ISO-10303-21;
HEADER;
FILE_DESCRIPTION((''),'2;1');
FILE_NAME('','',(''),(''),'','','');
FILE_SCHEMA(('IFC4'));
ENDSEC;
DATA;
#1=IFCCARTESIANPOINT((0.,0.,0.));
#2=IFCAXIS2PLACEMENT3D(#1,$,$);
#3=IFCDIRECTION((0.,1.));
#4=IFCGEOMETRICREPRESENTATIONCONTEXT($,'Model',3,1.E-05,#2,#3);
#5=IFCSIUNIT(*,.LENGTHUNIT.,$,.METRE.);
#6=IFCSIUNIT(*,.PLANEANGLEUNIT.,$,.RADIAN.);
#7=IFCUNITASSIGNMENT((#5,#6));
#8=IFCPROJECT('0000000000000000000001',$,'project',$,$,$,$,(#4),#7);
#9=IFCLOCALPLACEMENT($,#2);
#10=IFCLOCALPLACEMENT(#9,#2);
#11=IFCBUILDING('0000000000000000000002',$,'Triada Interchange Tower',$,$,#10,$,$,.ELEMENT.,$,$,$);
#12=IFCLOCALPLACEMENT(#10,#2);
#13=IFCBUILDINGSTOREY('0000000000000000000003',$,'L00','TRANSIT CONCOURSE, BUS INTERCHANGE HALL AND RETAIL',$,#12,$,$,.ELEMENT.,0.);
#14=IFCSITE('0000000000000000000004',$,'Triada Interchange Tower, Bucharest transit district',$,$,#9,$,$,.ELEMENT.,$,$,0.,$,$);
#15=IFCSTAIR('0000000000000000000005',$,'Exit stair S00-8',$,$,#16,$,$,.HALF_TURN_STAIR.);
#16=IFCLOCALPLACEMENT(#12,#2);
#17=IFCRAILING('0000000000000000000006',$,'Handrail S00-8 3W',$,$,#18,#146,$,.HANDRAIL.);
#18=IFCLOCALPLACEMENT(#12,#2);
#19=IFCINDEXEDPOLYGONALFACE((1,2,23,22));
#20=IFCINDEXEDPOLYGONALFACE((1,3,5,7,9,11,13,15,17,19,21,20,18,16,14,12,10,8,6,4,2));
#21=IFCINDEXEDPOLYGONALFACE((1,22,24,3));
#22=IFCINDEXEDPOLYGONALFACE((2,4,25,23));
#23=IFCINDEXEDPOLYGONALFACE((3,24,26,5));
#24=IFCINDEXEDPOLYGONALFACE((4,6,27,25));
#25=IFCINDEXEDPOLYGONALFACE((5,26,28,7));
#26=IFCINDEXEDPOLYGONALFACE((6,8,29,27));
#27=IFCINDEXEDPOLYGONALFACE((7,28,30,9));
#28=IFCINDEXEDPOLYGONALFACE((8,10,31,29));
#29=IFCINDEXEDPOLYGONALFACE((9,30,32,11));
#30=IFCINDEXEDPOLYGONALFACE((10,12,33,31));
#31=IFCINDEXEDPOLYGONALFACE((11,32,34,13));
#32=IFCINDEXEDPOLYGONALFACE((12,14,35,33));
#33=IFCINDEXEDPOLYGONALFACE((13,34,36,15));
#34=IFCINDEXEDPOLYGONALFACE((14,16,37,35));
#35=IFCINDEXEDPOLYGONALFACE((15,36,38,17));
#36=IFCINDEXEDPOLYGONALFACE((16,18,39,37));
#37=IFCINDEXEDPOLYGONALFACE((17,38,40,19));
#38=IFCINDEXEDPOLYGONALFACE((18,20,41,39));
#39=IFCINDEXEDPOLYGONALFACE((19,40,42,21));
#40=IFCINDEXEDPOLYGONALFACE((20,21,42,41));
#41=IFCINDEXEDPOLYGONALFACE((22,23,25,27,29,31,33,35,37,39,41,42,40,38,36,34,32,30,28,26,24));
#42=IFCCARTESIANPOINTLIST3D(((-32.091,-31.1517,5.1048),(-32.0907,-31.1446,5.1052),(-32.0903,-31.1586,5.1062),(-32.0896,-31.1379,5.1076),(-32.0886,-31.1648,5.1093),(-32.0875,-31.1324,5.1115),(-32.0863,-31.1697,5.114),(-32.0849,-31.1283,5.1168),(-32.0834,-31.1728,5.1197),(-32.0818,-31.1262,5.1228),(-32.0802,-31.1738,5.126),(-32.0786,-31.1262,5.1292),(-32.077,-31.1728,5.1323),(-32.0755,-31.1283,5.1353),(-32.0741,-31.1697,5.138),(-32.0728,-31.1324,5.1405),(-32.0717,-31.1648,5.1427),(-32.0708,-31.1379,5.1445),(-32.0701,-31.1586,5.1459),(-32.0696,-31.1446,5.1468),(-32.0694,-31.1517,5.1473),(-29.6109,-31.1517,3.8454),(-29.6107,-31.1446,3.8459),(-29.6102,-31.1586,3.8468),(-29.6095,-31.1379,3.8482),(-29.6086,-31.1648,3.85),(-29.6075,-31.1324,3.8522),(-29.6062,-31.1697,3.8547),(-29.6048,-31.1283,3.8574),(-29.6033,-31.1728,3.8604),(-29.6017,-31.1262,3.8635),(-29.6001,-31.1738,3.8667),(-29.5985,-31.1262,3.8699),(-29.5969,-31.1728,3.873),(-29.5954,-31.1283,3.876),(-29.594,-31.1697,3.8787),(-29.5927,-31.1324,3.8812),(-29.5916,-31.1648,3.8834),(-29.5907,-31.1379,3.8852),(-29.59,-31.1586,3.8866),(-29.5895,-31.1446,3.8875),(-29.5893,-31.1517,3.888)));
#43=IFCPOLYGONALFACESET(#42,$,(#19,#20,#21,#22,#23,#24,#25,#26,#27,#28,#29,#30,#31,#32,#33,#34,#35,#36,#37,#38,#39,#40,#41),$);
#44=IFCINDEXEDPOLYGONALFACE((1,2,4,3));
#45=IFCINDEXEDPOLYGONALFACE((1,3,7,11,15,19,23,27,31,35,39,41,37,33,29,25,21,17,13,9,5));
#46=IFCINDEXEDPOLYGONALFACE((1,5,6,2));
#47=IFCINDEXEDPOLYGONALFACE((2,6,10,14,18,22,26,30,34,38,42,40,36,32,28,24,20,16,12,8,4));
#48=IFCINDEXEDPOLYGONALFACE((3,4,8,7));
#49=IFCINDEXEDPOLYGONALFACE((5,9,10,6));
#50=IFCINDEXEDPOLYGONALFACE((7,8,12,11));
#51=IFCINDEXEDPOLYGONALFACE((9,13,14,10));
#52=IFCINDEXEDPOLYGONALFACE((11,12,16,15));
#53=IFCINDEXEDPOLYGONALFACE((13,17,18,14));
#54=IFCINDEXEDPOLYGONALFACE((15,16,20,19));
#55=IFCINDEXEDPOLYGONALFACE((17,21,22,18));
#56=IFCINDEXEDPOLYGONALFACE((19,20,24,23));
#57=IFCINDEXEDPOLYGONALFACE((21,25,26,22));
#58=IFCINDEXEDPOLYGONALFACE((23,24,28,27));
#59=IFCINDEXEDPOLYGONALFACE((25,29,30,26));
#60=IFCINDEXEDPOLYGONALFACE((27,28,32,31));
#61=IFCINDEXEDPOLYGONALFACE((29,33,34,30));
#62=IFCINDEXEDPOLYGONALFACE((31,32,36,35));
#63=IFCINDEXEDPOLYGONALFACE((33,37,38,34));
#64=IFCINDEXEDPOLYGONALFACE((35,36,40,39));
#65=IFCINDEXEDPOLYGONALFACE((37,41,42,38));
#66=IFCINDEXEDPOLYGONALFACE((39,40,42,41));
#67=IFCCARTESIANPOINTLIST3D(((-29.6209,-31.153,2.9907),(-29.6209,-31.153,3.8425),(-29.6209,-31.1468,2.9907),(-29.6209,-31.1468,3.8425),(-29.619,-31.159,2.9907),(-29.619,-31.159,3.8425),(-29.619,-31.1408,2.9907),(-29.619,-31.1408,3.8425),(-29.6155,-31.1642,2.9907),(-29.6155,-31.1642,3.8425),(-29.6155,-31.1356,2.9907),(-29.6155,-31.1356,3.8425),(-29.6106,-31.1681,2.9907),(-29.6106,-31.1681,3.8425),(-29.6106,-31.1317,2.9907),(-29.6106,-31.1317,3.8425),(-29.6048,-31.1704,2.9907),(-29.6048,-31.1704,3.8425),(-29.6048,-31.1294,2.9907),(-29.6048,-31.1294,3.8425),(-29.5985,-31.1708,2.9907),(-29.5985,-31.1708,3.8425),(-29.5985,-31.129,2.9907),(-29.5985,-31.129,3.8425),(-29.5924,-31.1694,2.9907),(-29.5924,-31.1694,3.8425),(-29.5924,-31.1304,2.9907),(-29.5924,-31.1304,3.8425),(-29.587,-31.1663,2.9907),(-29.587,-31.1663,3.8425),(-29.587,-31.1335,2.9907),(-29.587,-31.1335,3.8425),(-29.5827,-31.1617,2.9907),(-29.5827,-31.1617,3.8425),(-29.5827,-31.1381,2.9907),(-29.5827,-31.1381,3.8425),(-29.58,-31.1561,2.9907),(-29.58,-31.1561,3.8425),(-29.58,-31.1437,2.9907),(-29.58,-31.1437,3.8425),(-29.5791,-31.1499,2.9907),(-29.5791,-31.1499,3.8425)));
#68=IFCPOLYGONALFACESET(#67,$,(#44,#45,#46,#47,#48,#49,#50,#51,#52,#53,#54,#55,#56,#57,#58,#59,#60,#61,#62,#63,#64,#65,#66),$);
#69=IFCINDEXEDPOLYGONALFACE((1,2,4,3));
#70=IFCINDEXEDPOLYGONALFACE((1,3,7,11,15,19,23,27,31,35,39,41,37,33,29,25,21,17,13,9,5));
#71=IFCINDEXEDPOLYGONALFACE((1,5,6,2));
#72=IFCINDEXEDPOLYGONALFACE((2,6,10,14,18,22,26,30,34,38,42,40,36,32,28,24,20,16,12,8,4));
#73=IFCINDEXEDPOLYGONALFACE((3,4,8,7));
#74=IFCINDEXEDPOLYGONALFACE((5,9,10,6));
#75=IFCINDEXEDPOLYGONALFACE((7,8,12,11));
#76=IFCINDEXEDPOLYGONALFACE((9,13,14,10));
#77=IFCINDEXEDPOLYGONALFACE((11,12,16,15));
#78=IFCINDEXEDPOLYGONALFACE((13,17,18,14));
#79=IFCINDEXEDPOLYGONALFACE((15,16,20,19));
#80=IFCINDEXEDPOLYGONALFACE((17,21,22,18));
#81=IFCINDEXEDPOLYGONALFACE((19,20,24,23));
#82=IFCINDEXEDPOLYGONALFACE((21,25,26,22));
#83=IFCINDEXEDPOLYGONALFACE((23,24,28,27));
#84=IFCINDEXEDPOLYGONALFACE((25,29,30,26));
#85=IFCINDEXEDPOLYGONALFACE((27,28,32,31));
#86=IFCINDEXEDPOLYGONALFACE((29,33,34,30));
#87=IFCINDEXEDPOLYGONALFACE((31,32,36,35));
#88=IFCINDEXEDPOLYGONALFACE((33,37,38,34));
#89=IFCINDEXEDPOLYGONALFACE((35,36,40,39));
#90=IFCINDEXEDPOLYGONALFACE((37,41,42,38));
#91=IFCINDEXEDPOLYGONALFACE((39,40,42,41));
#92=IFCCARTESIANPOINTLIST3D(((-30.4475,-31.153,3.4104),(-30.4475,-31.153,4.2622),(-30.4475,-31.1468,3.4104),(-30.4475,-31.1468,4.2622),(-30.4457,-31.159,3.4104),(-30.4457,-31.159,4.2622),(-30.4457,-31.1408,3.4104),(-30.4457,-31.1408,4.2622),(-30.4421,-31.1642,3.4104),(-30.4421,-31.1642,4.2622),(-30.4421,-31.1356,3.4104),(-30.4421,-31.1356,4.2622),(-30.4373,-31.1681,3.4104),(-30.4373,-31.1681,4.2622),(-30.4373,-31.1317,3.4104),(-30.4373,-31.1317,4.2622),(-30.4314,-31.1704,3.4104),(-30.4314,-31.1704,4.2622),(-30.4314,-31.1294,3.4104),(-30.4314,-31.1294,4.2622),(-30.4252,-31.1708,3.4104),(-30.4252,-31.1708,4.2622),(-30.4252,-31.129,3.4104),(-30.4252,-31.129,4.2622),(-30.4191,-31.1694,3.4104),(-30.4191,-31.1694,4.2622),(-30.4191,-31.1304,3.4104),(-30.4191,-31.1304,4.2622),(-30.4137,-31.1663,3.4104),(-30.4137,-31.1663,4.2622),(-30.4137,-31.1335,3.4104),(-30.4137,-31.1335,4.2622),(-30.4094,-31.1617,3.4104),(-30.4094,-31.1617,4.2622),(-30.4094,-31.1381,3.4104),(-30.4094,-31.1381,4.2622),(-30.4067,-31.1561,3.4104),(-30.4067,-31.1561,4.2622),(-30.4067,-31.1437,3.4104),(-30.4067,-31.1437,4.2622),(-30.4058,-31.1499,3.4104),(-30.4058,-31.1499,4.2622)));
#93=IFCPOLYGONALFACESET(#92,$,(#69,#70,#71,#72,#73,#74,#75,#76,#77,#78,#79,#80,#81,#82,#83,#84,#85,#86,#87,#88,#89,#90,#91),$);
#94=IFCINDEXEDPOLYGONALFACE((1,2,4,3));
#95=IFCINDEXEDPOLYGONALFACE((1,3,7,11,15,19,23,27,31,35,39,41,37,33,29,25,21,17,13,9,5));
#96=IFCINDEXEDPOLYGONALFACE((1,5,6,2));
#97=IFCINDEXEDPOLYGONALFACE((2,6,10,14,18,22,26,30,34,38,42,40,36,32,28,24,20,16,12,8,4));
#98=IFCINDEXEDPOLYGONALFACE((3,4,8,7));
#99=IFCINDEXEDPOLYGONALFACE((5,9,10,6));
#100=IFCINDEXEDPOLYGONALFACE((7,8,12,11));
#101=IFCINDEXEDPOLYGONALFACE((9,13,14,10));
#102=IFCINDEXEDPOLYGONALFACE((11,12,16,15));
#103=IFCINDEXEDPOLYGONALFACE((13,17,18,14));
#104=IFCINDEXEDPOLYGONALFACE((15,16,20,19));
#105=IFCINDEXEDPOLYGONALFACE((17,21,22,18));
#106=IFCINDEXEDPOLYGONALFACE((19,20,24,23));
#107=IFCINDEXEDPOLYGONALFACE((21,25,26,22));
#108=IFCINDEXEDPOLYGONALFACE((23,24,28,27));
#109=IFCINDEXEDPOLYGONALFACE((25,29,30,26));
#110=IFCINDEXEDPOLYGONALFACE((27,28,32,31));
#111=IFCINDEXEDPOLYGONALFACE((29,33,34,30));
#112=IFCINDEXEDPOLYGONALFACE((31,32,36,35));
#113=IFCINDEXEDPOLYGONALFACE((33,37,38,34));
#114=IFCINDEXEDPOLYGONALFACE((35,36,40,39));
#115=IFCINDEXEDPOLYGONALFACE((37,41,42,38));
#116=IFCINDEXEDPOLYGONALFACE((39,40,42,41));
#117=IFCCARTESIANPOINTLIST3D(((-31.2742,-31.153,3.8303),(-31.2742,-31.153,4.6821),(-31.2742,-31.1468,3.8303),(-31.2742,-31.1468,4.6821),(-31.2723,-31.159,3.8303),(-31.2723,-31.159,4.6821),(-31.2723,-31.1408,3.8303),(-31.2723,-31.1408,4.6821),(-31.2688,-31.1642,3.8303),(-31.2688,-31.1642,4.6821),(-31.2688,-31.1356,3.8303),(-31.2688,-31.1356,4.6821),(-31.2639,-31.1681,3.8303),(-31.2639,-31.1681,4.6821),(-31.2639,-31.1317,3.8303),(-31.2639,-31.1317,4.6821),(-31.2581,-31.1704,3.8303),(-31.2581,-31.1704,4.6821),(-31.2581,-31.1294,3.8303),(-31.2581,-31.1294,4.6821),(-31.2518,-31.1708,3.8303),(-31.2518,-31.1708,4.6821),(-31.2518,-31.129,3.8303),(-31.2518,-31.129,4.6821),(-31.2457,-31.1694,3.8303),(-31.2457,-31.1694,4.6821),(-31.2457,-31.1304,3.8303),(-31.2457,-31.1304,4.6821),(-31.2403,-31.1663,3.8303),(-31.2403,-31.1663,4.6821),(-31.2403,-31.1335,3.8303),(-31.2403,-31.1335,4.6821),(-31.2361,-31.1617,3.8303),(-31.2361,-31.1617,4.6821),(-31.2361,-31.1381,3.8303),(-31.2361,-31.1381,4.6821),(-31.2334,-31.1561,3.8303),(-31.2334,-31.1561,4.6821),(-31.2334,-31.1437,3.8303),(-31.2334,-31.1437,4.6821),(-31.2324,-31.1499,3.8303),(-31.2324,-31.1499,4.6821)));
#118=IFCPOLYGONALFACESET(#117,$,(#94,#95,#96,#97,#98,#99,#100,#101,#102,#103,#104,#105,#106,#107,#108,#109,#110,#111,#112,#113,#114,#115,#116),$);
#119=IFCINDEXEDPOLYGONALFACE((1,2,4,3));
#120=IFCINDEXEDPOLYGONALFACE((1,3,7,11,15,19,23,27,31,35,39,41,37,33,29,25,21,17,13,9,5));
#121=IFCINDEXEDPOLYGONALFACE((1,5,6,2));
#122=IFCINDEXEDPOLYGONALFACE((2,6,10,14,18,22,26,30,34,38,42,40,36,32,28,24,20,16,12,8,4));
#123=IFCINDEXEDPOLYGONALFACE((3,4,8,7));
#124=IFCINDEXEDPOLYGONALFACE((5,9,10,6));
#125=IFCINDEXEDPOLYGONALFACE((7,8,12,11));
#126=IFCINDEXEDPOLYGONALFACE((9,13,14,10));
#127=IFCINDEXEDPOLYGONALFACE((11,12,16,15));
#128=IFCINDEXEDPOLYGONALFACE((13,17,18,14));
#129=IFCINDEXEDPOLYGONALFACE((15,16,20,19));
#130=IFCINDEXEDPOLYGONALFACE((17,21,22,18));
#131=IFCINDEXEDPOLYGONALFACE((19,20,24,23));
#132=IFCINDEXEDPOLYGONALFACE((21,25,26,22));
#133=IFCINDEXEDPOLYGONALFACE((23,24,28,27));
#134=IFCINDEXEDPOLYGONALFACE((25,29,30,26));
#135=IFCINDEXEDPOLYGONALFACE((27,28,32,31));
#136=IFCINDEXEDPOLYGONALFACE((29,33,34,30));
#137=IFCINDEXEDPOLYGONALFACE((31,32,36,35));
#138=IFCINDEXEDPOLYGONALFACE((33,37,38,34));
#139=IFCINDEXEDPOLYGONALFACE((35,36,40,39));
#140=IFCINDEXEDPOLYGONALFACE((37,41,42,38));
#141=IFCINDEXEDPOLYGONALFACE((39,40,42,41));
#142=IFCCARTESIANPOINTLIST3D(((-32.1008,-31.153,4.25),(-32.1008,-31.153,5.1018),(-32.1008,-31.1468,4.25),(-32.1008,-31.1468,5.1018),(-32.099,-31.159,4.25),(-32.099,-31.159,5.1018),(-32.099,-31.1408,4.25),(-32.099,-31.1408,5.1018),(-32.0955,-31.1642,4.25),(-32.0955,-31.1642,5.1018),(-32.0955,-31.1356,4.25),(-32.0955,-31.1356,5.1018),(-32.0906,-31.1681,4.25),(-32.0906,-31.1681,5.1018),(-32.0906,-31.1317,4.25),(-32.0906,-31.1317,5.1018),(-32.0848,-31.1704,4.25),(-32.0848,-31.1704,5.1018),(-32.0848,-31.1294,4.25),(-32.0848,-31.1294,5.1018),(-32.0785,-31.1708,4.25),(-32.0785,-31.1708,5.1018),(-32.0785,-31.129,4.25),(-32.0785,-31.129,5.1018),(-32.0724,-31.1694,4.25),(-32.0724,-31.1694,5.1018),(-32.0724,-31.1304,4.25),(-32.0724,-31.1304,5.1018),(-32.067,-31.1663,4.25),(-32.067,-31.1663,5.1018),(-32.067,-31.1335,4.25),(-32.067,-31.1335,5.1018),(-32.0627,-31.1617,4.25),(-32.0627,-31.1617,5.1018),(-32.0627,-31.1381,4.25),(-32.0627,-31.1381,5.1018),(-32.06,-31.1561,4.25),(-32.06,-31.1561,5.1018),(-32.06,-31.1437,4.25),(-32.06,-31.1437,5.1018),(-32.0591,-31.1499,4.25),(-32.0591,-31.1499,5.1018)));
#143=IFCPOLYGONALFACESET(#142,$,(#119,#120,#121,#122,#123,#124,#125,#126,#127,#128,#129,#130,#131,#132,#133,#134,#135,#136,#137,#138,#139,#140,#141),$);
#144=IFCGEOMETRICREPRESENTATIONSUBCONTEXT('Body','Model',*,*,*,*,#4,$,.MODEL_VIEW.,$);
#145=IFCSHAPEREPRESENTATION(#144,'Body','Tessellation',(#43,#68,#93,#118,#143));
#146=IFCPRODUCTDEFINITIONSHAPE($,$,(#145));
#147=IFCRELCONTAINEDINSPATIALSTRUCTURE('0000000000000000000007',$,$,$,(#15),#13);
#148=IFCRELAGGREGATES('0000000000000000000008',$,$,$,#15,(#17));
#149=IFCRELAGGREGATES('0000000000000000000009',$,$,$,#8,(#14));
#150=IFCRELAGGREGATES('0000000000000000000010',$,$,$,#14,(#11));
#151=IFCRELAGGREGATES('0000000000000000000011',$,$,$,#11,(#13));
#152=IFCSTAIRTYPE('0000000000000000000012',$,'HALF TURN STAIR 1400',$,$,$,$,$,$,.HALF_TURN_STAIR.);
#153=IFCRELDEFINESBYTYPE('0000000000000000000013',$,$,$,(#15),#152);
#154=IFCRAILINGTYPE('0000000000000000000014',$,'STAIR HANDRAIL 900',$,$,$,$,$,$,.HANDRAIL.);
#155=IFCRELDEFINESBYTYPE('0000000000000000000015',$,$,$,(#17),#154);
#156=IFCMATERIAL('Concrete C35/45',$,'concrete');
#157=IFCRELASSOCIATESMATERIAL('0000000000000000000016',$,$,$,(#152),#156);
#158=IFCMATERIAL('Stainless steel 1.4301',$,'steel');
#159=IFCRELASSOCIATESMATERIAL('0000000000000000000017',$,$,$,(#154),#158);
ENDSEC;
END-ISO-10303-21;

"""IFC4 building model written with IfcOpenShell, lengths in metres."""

from ifc_helpers import new_model, si_unit, direction, frame, origin, origin_2d, place, context, subcontext, project, spatial, circle, extrude, material, type_object, element, aggregate, save


model = new_model("IFC4")

# Units and contexts
model_context = context("Model", 3, precision=1e-05, world=origin(), true_north=direction((0.0, 1.0)))
body_context = subcontext(model_context, "Body", "Model", "MODEL_VIEW")
ifc_project = project(units=[si_unit("LENGTHUNIT", "METRE"), si_unit("PLANEANGLEUNIT", "RADIAN")], contexts=[model_context])

# Site, building, storey
site_placement = place(None, origin())
site = spatial("IfcSite", under=ifc_project, at=site_placement, Name="Triada Interchange Tower, Bucharest transit district", CompositionType="ELEMENT", RefElevation=0.0)
building_placement = place(site_placement, origin())
building = spatial("IfcBuilding", under=site, at=building_placement, Name="Triada Interchange Tower", CompositionType="ELEMENT")
storey_placement = place(building_placement, origin())
storey = spatial("IfcBuildingStorey", under=building, at=storey_placement, Name="L00", Description="TRANSIT CONCOURSE, BUS INTERCHANGE HALL AND RETAIL", CompositionType="ELEMENT", Elevation=0.0)

# Stair, railing
ifc_material_1 = material(Name="Concrete C35/45", Category="concrete")
stair_type = type_object("IfcStairType", Name="HALF TURN STAIR 1400", PredefinedType="HALF_TURN_STAIR", material=ifc_material_1)
stair_placement = place(storey_placement, origin())
stair = element("IfcStair", 1, at=stair_placement, inside=storey, type_object=stair_type, Name="Exit stair S00-8", PredefinedType="HALF_TURN_STAIR")
ifc_material_2 = material(Name="Stainless steel 1.4301", Category="steel")
railing_type = type_object("IfcRailingType", Name="STAIR HANDRAIL 900", PredefinedType="HANDRAIL", material=ifc_material_2)
railing_1_placement = place(storey_placement, frame((-29.6001, -31.1499, 2.9907)))
railing_1 = element("IfcRailing", 2, at=railing_1_placement, type_object=railing_type, Name="Handrail S00-8 3W", PredefinedType="HANDRAIL", context=body_context, shape_type="SweptSolid", body=[
    extrude(circle(Radius=0.0239, at=origin_2d()), frame((0.0, 0.0, 0.876), z_axis=(-0.891636, 0.0, 0.452752), x_axis=(0.0, -1.0, 0.0)), (0.0, 0.0, 1.0), 2.7815),
    extrude(circle(Radius=0.021, at=origin_2d()), origin(), (0.0, 0.0, 1.0), 0.8518),
    extrude(circle(Radius=0.021, at=origin_2d()), frame((-0.8267, 0.0, 0.4197)), (0.0, 0.0, 1.0), 0.8518),
    extrude(circle(Radius=0.021, at=origin_2d()), frame((-1.6533, 0.0, 0.8396)), (0.0, 0.0, 1.0), 0.8518),
    extrude(circle(Radius=0.021, at=origin_2d()), frame((-2.48, 0.0, 1.2593)), (0.0, 0.0, 1.0), 0.8518),
])
aggregate(stair, [railing_1])

save(model, "model.ifc")
